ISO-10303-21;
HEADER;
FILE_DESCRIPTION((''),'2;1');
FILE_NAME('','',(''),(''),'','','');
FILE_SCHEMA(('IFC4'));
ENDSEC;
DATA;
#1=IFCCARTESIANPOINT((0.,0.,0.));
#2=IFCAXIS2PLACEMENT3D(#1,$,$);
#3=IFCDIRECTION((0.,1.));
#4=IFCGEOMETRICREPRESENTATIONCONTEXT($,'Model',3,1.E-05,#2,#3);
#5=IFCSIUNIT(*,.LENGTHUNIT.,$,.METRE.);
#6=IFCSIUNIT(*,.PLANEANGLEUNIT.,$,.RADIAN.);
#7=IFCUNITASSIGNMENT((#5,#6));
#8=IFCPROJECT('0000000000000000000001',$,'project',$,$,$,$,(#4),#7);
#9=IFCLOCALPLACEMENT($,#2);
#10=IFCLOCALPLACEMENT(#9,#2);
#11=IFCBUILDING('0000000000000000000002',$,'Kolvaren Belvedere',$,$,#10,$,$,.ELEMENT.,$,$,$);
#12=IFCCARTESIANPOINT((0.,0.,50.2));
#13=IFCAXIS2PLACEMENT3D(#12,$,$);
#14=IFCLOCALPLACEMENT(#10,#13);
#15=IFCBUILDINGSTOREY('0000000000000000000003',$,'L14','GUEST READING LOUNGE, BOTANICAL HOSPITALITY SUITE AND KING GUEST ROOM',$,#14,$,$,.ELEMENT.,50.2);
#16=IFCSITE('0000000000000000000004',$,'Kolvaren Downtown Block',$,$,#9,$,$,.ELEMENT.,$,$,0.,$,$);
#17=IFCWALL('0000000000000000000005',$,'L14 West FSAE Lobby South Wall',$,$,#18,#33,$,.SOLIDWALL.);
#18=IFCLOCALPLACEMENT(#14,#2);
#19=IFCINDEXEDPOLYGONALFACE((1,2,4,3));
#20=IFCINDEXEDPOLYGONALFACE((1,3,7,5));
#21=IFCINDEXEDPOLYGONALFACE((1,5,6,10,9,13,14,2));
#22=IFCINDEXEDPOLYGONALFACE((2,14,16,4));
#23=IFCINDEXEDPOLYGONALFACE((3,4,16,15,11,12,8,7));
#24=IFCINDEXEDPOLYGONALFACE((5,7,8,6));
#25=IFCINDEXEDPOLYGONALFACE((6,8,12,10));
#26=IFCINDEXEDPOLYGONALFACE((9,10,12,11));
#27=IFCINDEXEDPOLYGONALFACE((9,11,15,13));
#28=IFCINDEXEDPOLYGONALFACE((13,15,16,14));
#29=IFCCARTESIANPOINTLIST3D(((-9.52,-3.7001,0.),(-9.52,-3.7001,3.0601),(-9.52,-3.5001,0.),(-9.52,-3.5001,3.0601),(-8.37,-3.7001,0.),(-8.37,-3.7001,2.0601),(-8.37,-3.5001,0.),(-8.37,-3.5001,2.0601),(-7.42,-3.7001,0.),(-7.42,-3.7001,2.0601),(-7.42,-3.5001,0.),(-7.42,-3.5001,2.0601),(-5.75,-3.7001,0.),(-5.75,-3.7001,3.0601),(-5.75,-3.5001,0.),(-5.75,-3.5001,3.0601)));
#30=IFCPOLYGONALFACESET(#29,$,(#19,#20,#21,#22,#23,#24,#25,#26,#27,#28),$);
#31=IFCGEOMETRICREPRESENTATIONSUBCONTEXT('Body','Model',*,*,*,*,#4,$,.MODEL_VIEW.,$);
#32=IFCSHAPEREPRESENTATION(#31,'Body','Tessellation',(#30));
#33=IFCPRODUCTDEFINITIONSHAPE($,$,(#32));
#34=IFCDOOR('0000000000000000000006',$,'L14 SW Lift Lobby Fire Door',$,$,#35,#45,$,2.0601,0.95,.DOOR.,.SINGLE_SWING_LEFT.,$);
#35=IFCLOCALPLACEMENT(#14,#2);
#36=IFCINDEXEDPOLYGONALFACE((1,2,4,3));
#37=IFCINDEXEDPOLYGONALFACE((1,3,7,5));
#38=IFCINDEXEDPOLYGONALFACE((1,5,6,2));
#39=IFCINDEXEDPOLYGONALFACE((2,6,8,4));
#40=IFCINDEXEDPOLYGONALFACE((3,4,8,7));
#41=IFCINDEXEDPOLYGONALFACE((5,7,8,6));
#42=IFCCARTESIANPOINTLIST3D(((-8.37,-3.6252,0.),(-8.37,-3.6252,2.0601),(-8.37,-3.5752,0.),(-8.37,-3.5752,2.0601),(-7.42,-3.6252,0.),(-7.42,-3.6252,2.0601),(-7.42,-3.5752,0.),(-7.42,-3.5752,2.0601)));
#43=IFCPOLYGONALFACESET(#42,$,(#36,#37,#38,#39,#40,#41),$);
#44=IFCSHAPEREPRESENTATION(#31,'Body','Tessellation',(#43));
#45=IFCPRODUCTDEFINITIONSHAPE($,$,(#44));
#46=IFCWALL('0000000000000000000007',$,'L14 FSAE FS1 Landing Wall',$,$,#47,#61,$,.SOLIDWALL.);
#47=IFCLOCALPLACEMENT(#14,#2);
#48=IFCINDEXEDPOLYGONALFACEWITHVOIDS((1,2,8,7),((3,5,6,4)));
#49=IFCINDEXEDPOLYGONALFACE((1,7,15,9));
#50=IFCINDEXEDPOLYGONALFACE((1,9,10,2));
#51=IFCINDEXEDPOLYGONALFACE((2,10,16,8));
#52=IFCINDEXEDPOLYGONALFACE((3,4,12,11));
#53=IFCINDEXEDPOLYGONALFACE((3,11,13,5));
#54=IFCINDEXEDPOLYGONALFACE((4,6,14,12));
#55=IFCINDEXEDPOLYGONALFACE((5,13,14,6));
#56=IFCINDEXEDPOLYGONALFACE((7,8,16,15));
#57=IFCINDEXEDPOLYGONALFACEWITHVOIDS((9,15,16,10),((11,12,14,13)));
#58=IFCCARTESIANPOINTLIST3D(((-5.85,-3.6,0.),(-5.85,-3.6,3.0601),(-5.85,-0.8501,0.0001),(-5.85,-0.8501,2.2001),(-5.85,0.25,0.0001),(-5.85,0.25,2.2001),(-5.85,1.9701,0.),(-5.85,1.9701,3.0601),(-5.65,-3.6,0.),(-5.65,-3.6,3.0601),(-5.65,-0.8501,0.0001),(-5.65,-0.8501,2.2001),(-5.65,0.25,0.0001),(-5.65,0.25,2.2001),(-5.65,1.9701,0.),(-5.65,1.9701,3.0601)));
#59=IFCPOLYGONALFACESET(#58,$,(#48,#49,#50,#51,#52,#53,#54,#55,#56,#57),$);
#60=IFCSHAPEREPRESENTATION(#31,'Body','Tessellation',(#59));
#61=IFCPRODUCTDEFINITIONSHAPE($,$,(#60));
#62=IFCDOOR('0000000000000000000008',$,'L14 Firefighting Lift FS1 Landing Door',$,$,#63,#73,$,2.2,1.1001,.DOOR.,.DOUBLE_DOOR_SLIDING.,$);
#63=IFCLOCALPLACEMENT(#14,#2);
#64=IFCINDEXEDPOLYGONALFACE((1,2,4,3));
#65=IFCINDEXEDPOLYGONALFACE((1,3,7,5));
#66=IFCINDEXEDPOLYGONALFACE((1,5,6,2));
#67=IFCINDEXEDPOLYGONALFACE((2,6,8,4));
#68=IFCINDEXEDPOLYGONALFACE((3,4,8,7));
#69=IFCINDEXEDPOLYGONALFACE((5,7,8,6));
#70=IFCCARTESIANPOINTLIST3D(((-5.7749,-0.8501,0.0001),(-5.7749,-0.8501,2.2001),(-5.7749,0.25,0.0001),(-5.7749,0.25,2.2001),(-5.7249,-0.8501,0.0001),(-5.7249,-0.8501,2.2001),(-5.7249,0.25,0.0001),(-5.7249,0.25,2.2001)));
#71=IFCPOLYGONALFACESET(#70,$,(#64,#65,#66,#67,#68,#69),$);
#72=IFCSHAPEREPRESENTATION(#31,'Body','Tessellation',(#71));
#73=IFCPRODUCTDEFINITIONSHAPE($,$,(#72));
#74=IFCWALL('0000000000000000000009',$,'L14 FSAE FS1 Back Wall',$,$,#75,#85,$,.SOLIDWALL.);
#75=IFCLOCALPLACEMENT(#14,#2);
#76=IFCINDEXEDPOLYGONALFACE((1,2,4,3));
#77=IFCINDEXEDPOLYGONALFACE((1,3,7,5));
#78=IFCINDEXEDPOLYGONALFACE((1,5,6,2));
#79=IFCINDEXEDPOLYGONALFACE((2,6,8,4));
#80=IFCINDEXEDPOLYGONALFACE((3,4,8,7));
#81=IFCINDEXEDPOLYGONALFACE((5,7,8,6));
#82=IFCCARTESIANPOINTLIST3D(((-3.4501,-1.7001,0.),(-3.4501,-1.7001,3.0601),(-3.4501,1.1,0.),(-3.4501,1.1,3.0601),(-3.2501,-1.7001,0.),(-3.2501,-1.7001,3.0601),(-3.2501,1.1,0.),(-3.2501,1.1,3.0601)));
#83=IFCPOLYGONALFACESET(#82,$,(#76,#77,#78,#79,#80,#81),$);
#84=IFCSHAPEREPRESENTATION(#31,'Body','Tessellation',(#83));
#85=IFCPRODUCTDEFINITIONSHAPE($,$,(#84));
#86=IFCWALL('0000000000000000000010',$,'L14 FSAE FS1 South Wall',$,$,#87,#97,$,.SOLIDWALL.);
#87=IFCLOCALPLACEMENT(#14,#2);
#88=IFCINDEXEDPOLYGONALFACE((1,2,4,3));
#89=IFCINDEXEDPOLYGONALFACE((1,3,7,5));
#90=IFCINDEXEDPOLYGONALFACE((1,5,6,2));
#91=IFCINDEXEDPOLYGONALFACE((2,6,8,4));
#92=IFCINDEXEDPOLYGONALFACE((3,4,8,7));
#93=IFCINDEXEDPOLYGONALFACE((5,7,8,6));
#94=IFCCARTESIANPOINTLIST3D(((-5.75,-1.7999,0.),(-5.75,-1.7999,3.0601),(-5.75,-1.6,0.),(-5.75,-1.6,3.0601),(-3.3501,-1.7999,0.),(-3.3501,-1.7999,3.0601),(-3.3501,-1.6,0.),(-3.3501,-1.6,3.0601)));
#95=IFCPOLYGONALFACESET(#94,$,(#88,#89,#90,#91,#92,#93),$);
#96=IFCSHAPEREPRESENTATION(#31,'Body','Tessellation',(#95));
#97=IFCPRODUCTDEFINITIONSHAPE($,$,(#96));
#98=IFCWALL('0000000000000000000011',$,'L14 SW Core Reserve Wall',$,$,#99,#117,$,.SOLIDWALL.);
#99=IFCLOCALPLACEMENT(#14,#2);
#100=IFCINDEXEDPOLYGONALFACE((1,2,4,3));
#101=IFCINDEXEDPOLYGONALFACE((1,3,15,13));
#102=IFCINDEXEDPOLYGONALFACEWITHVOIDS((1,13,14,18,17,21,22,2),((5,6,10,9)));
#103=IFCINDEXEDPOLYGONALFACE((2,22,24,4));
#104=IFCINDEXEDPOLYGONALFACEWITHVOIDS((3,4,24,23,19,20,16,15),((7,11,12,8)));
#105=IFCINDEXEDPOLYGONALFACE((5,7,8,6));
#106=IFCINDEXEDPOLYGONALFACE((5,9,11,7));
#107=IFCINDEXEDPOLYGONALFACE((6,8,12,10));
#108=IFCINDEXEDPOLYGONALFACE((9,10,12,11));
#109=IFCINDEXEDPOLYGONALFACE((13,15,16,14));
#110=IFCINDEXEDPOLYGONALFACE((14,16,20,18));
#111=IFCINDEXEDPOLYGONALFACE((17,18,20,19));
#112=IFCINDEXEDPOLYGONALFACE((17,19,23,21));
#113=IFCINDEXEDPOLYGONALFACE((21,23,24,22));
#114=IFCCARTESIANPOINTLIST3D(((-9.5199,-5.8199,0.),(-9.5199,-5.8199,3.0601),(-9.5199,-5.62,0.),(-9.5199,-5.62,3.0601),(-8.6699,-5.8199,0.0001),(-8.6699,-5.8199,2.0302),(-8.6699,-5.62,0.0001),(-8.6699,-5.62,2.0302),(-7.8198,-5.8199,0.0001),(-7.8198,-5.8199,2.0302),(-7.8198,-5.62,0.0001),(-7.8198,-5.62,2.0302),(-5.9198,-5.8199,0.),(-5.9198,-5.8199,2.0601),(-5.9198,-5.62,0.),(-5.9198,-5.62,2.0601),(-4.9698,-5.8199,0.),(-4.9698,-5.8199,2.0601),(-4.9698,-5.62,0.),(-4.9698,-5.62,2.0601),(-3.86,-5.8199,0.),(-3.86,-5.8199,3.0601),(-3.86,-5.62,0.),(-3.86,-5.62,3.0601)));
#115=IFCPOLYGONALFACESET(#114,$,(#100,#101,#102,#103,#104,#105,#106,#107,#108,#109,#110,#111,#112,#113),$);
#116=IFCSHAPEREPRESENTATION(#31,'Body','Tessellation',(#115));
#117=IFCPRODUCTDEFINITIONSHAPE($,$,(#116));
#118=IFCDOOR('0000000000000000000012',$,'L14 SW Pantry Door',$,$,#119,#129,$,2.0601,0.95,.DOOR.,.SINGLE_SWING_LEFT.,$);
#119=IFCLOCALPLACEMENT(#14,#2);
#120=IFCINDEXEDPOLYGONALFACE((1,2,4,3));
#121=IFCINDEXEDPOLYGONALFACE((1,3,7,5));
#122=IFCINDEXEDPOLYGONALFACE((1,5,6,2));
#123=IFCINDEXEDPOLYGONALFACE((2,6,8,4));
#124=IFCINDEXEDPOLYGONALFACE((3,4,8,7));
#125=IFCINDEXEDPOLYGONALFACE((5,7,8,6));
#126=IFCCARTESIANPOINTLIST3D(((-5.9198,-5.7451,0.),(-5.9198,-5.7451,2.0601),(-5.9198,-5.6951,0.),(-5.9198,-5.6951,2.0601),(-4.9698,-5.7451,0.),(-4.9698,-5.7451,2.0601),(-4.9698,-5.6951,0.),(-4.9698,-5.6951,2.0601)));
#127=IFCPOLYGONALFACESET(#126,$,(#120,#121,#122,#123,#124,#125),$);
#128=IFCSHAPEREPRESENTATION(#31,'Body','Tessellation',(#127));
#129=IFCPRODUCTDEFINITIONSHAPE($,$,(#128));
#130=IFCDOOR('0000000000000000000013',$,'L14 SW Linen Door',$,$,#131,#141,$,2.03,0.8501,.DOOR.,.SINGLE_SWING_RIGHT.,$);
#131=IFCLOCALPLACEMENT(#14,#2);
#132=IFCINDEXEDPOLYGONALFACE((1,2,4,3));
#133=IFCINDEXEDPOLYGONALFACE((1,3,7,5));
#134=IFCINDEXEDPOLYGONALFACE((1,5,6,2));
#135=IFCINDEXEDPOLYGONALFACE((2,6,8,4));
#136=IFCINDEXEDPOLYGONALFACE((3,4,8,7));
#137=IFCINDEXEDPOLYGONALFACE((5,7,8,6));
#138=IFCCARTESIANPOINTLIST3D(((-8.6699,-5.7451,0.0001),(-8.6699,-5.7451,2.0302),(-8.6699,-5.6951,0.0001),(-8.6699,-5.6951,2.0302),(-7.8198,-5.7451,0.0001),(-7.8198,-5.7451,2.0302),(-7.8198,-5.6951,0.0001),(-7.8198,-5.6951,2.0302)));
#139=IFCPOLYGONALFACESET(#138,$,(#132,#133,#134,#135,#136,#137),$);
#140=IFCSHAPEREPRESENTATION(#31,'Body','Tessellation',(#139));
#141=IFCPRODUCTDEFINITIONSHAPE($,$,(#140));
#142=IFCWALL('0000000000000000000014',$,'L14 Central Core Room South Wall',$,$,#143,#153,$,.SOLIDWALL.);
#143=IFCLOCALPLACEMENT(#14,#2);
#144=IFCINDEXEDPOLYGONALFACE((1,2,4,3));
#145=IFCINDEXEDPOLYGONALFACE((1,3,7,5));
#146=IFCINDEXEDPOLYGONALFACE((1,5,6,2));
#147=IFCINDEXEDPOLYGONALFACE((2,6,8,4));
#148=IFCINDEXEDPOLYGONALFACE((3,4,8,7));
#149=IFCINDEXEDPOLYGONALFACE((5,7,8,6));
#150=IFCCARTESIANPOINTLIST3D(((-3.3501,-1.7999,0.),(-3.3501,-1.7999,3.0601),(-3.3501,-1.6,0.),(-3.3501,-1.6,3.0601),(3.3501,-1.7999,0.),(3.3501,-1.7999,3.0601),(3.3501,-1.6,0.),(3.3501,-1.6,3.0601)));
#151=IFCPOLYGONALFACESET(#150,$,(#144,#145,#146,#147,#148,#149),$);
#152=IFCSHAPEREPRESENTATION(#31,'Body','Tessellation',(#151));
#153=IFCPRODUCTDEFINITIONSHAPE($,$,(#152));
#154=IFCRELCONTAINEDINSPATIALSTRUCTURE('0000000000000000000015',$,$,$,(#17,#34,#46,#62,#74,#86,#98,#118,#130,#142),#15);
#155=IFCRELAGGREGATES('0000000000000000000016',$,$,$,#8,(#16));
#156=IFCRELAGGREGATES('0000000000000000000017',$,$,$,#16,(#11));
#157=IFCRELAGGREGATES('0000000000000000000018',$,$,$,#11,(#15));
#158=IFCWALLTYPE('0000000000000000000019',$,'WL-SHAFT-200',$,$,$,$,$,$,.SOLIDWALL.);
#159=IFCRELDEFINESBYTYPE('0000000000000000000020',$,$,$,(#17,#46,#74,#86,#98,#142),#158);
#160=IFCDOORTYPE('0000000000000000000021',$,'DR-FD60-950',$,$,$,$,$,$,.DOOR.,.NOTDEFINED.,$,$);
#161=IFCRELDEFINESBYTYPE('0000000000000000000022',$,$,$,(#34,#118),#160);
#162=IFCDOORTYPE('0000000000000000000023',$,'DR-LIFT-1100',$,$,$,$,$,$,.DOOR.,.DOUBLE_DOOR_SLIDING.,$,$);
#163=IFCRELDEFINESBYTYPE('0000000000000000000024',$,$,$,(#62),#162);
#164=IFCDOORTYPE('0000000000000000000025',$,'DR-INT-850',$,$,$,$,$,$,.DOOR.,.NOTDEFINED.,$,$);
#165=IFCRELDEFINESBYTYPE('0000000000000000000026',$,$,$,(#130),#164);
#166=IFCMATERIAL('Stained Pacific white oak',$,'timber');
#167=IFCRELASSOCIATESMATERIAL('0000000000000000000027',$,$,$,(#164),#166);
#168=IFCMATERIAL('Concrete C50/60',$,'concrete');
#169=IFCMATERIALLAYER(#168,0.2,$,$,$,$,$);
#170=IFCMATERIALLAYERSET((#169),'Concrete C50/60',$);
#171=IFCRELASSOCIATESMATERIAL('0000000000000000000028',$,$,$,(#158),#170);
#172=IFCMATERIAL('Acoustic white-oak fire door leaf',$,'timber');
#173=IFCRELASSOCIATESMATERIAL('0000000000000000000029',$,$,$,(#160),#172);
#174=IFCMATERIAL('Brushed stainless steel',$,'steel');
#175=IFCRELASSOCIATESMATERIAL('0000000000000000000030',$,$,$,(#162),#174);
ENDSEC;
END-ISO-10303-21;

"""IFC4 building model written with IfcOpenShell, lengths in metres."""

from ifc_helpers import new_model, si_unit, direction, frame, frame_2d, origin, place, context, subcontext, project, spatial, rectangle, extrude, material, layer, layer_set, type_object, element, fill, save


model = new_model("IFC4")

# Units and contexts
model_context = context("Model", 3, precision=1e-05, world=origin(), true_north=direction((0.0, 1.0)))
body_context = subcontext(model_context, "Body", "Model", "MODEL_VIEW")
ifc_project = project(units=[si_unit("LENGTHUNIT", "METRE"), si_unit("PLANEANGLEUNIT", "RADIAN")], contexts=[model_context])

# Site, building, storey
site_placement = place(None, origin())
site = spatial("IfcSite", under=ifc_project, at=site_placement, Name="Kolvaren Downtown Block", CompositionType="ELEMENT", RefElevation=0.0)
building_placement = place(site_placement, origin())
building = spatial("IfcBuilding", under=site, at=building_placement, Name="Kolvaren Belvedere", CompositionType="ELEMENT")
storey_placement = place(building_placement, frame((0.0, 0.0, 50.2)))
storey = spatial("IfcBuildingStorey", under=building, at=storey_placement, Name="L14", Description="GUEST READING LOUNGE, BOTANICAL HOSPITALITY SUITE AND KING GUEST ROOM", CompositionType="ELEMENT", Elevation=50.2)

# Shared definitions
ifc_material_1 = material(Name="Stained Pacific white oak", Category="timber")
door_type_1 = type_object("IfcDoorType", Name="DR-INT-850", OperationType="NOTDEFINED", PredefinedType="DOOR", material=ifc_material_1)

# Walls, openings, doors
ifc_material_2 = material(Name="Concrete C50/60", Category="concrete")
ifc_layer_1 = layer(ifc_material_2, 0.2)
ifc_layer_set_1 = layer_set([ifc_layer_1], Name="Concrete C50/60")
wall_type_1 = type_object("IfcWallType", Name="WL-SHAFT-200", PredefinedType="SOLIDWALL", material=ifc_layer_set_1)
wall_1_placement = place(storey_placement, frame((-9.52, -3.6001, 0.0), z_axis=(0.0, 0.0, 1.0), x_axis=(1.0, 0.0, 0.0)))
wall_1 = element("IfcWall", 1, at=wall_1_placement, inside=storey, type_object=wall_type_1, Name="L14 West FSAE Lobby South Wall", PredefinedType="SOLIDWALL", context=body_context, shape_type="SweptSolid", body=[
    extrude(rectangle(XDim=3.77, YDim=0.2, at=frame_2d((1.885, 0.0))), origin(), (0.0, 0.0, 1.0), 3.0601),
])
opening_1_placement = place(wall_1_placement, frame((1.1499, 0.0, 0.0)))
opening_1 = element("IfcOpeningElement", 2, at=opening_1_placement, cuts=wall_1, PredefinedType="OPENING", context=body_context, shape_type="SweptSolid", body=[
    extrude(rectangle(XDim=0.95, YDim=2.0601, at=frame_2d((0.4751, 1.03))), frame((0.0, 0.1099, 0.0), z_axis=(0.0, -1.0, 0.0), x_axis=(1.0, 0.0, 0.0)), (0.0, 0.0, 1.0), 0.22),
])
ifc_material_3 = material(Name="Acoustic white-oak fire door leaf", Category="timber")
door_type_2 = type_object("IfcDoorType", Name="DR-FD60-950", OperationType="NOTDEFINED", PredefinedType="DOOR", material=ifc_material_3)
door_1_placement = place(opening_1_placement, origin())
door_1 = element("IfcDoor", 3, at=door_1_placement, inside=storey, type_object=door_type_2, Name="L14 SW Lift Lobby Fire Door", OperationType="SINGLE_SWING_LEFT", OverallHeight=2.0601, OverallWidth=0.95, PredefinedType="DOOR", context=body_context, shape_type="SweptSolid", body=[
    extrude(rectangle(XDim=0.95, YDim=2.0601, at=frame_2d((0.4751, 1.03))), frame((0.0, 0.0249, 0.0), z_axis=(0.0, -1.0, 0.0), x_axis=(1.0, 0.0, 0.0)), (0.0, 0.0, 1.0), 0.05),
])
fill(opening_1, door_1)
wall_2_placement = place(storey_placement, frame((-5.75, -3.6001, 0.0), z_axis=(0.0, 0.0, 1.0), x_axis=(0.0, 1.0, 0.0)))
wall_2 = element("IfcWall", 4, at=wall_2_placement, inside=storey, type_object=wall_type_1, Name="L14 FSAE FS1 Landing Wall", PredefinedType="SOLIDWALL", context=body_context, shape_type="SweptSolid", body=[
    extrude(rectangle(XDim=5.5701, YDim=0.2, at=frame_2d((2.7852, 0.0))), origin(), (0.0, 0.0, 1.0), 3.0601),
])
opening_2_placement = place(wall_2_placement, frame((2.75, 0.0, 0.0)))
opening_2 = element("IfcOpeningElement", 5, at=opening_2_placement, cuts=wall_2, PredefinedType="OPENING", context=body_context, shape_type="SweptSolid", body=[
    extrude(rectangle(XDim=1.1001, YDim=2.2, at=frame_2d((0.55, 1.1001))), frame((0.0, 0.1099, 0.0), z_axis=(0.0, -1.0, 0.0), x_axis=(1.0, 0.0, 0.0)), (0.0, 0.0, 1.0), 0.22),
])
ifc_material_4 = material(Name="Brushed stainless steel", Category="steel")
door_type_3 = type_object("IfcDoorType", Name="DR-LIFT-1100", OperationType="DOUBLE_DOOR_SLIDING", PredefinedType="DOOR", material=ifc_material_4)
door_2_placement = place(opening_2_placement, origin())
door_2 = element("IfcDoor", 6, at=door_2_placement, inside=storey, type_object=door_type_3, Name="L14 Firefighting Lift FS1 Landing Door", OperationType="DOUBLE_DOOR_SLIDING", OverallHeight=2.2, OverallWidth=1.1001, PredefinedType="DOOR", context=body_context, shape_type="SweptSolid", body=[
    extrude(rectangle(XDim=1.1001, YDim=2.2, at=frame_2d((0.55, 1.1001))), frame((0.0, 0.0249, 0.0), z_axis=(0.0, -1.0, 0.0), x_axis=(1.0, 0.0, 0.0)), (0.0, 0.0, 1.0), 0.05),
])
fill(opening_2, door_2)

# Walls
wall_3_placement = place(storey_placement, frame((-3.3501, -1.7, 0.0), z_axis=(0.0, 0.0, 1.0), x_axis=(0.0, 1.0, 0.0)))
element("IfcWall", 7, at=wall_3_placement, inside=storey, type_object=wall_type_1, Name="L14 FSAE FS1 Back Wall", PredefinedType="SOLIDWALL", context=body_context, shape_type="SweptSolid", body=[
    extrude(rectangle(XDim=2.8, YDim=0.2, at=frame_2d((1.3999, 0.0))), origin(), (0.0, 0.0, 1.0), 3.0601),
])
wall_4_placement = place(storey_placement, frame((-5.75, -1.7, 0.0), z_axis=(0.0, 0.0, 1.0), x_axis=(1.0, 0.0, 0.0)))
element("IfcWall", 8, at=wall_4_placement, inside=storey, type_object=wall_type_1, Name="L14 FSAE FS1 South Wall", PredefinedType="SOLIDWALL", context=body_context, shape_type="SweptSolid", body=[
    extrude(rectangle(XDim=2.3999, YDim=0.2, at=frame_2d((1.2, 0.0))), origin(), (0.0, 0.0, 1.0), 3.0601),
])

# Wall, openings, doors
wall_5_placement = place(storey_placement, frame((-9.52, -5.72, 0.0), z_axis=(0.0, 0.0, 1.0), x_axis=(1.0, 0.0, 0.0)))
wall_5 = element("IfcWall", 9, at=wall_5_placement, inside=storey, type_object=wall_type_1, Name="L14 SW Core Reserve Wall", PredefinedType="SOLIDWALL", context=body_context, shape_type="SweptSolid", body=[
    extrude(rectangle(XDim=5.6599, YDim=0.2, at=frame_2d((2.8301, 0.0))), origin(), (0.0, 0.0, 1.0), 3.0601),
])
opening_3_placement = place(wall_5_placement, frame((3.6001, 0.0, 0.0)))
opening_3 = element("IfcOpeningElement", 10, at=opening_3_placement, cuts=wall_5, PredefinedType="OPENING", context=body_context, shape_type="SweptSolid", body=[
    extrude(rectangle(XDim=0.95, YDim=2.0601, at=frame_2d((0.4751, 1.03))), frame((0.0, 0.1099, 0.0), z_axis=(0.0, -1.0, 0.0), x_axis=(1.0, 0.0, 0.0)), (0.0, 0.0, 1.0), 0.22),
])
opening_4_placement = place(wall_5_placement, frame((0.8501, 0.0, 0.0)))
opening_4 = element("IfcOpeningElement", 11, at=opening_4_placement, cuts=wall_5, PredefinedType="OPENING", context=body_context, shape_type="SweptSolid", body=[
    extrude(rectangle(XDim=0.8501, YDim=2.03, at=frame_2d((0.425, 1.0151))), frame((0.0, 0.1099, 0.0), z_axis=(0.0, -1.0, 0.0), x_axis=(1.0, 0.0, 0.0)), (0.0, 0.0, 1.0), 0.22),
])
door_3_placement = place(opening_3_placement, origin())
door_3 = element("IfcDoor", 12, at=door_3_placement, inside=storey, type_object=door_type_2, Name="L14 SW Pantry Door", OperationType="SINGLE_SWING_LEFT", OverallHeight=2.0601, OverallWidth=0.95, PredefinedType="DOOR", context=body_context, shape_type="SweptSolid", body=[
    extrude(rectangle(XDim=0.95, YDim=2.0601, at=frame_2d((0.4751, 1.03))), frame((0.0, 0.0249, 0.0), z_axis=(0.0, -1.0, 0.0), x_axis=(1.0, 0.0, 0.0)), (0.0, 0.0, 1.0), 0.05),
])
fill(opening_3, door_3)
door_4_placement = place(opening_4_placement, origin())
door_4 = element("IfcDoor", 13, at=door_4_placement, inside=storey, type_object=door_type_1, Name="L14 SW Linen Door", OperationType="SINGLE_SWING_RIGHT", OverallHeight=2.03, OverallWidth=0.8501, PredefinedType="DOOR", context=body_context, shape_type="SweptSolid", body=[
    extrude(rectangle(XDim=0.8501, YDim=2.03, at=frame_2d((0.425, 1.0151))), frame((0.0, 0.0249, 0.0), z_axis=(0.0, -1.0, 0.0), x_axis=(1.0, 0.0, 0.0)), (0.0, 0.0, 1.0), 0.05),
])
fill(opening_4, door_4)

# Wall
wall_6_placement = place(storey_placement, frame((-3.3501, -1.7, 0.0), z_axis=(0.0, 0.0, 1.0), x_axis=(1.0, 0.0, 0.0)))
element("IfcWall", 14, at=wall_6_placement, inside=storey, type_object=wall_type_1, Name="L14 Central Core Room South Wall", PredefinedType="SOLIDWALL", context=body_context, shape_type="SweptSolid", body=[
    extrude(rectangle(XDim=6.7002, YDim=0.2, at=frame_2d((3.3501, 0.0))), origin(), (0.0, 0.0, 1.0), 3.0601),
])

save(model, "model.ifc")
